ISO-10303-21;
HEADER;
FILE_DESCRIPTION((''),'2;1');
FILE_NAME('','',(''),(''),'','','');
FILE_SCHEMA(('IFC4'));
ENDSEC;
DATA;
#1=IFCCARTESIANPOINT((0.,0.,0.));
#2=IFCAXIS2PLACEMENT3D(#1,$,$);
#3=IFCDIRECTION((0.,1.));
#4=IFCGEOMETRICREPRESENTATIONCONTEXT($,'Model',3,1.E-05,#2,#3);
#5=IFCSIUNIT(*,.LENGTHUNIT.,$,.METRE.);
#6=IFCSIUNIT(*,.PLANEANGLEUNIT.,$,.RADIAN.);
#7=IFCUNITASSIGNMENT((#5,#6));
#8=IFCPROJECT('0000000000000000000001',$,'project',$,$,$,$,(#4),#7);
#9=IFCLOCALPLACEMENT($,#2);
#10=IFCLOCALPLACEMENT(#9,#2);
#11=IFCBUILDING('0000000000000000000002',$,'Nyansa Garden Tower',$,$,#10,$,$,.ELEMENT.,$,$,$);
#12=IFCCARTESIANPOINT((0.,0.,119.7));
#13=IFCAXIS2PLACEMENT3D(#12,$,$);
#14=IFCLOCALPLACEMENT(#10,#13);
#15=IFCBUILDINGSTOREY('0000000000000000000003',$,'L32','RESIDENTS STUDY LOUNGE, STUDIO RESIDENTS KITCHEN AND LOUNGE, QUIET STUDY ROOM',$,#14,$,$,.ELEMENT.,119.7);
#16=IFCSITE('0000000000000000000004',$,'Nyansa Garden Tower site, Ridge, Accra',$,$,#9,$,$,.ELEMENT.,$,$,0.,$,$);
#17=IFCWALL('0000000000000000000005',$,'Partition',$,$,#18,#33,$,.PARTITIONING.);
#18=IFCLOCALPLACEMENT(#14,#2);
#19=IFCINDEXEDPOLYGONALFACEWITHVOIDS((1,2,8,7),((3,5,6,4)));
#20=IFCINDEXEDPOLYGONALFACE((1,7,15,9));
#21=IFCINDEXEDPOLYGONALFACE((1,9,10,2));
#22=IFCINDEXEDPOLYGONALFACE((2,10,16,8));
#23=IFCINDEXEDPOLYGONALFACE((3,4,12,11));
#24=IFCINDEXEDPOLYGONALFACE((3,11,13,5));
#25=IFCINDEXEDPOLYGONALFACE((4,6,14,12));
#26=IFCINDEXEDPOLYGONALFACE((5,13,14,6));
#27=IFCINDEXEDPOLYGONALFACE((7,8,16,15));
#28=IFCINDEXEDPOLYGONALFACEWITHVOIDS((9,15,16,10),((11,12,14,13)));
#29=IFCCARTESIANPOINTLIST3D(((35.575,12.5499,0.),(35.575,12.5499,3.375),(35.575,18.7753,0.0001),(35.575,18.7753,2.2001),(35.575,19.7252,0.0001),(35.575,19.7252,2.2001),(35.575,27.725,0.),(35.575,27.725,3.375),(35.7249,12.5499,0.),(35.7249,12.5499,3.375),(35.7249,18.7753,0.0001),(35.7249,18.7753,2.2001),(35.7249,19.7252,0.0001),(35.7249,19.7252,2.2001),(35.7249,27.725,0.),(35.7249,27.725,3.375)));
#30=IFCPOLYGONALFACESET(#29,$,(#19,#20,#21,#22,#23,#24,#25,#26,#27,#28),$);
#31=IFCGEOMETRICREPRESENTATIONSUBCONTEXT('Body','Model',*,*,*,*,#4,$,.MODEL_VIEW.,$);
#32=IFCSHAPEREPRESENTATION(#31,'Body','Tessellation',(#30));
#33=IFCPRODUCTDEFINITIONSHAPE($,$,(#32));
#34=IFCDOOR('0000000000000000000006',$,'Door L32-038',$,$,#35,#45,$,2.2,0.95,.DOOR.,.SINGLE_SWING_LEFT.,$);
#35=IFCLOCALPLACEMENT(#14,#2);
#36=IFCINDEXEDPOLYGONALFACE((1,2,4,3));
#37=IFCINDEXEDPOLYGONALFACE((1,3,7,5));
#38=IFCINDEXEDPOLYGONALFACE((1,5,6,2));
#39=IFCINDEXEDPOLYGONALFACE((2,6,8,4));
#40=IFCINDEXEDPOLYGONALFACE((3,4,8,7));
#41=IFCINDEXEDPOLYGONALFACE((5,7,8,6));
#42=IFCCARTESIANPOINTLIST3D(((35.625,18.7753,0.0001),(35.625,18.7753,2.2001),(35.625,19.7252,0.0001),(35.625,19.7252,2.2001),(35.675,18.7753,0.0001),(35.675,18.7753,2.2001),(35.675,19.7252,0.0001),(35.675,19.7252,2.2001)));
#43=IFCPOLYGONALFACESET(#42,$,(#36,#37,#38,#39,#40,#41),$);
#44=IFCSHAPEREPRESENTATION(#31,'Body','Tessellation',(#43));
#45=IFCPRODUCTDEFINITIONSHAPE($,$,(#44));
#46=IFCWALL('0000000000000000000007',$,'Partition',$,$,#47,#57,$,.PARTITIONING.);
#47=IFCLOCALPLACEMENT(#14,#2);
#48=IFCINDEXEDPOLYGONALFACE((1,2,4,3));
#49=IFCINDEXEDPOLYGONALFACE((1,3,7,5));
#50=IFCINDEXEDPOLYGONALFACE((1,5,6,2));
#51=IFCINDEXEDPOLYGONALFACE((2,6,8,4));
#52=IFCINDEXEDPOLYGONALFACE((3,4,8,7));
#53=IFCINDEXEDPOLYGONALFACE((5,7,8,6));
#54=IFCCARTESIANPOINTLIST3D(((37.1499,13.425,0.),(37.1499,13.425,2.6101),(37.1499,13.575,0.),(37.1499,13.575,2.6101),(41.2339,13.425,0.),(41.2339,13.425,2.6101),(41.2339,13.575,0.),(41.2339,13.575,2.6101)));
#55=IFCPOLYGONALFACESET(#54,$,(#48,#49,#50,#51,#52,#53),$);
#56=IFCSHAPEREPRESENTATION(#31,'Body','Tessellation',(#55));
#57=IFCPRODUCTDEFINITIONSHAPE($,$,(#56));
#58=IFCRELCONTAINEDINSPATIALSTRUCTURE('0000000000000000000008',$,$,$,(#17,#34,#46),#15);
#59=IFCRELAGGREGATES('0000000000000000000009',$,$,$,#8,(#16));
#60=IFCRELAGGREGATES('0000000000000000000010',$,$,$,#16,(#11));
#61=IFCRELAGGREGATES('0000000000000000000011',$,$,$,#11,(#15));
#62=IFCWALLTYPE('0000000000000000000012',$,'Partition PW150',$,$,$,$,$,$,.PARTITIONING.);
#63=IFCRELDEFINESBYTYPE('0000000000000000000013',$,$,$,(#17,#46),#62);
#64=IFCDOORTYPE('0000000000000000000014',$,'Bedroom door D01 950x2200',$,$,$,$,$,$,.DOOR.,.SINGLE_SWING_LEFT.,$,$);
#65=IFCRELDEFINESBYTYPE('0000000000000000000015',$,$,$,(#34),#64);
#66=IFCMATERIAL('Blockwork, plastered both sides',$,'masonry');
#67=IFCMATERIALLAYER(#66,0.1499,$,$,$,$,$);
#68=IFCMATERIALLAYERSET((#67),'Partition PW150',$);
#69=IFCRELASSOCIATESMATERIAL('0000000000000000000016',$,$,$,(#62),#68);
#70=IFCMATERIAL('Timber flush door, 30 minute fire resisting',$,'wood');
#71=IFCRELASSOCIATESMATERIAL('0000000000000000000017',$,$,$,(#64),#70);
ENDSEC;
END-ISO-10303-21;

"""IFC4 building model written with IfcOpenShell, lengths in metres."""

from ifc_helpers import new_model, si_unit, direction, frame, frame_2d, origin, place, context, subcontext, project, spatial, rectangle, extrude, material, layer, layer_set, type_object, element, fill, save


model = new_model("IFC4")

# Units and contexts
model_context = context("Model", 3, precision=1e-05, world=origin(), true_north=direction((0.0, 1.0)))
body_context = subcontext(model_context, "Body", "Model", "MODEL_VIEW")
ifc_project = project(units=[si_unit("LENGTHUNIT", "METRE"), si_unit("PLANEANGLEUNIT", "RADIAN")], contexts=[model_context])

# Site, building, storey
site_placement = place(None, origin())
site = spatial("IfcSite", under=ifc_project, at=site_placement, Name="Nyansa Garden Tower site, Ridge, Accra", CompositionType="ELEMENT", RefElevation=0.0)
building_placement = place(site_placement, origin())
building = spatial("IfcBuilding", under=site, at=building_placement, Name="Nyansa Garden Tower", CompositionType="ELEMENT")
storey_placement = place(building_placement, frame((0.0, 0.0, 119.7)))
storey = spatial("IfcBuildingStorey", under=building, at=storey_placement, Name="L32", Description="RESIDENTS STUDY LOUNGE, STUDIO RESIDENTS KITCHEN AND LOUNGE, QUIET STUDY ROOM", CompositionType="ELEMENT", Elevation=119.7)

# Shared definitions
ifc_material_1 = material(Name="Blockwork, plastered both sides", Category="masonry")
ifc_layer_1 = layer(ifc_material_1, 0.1499)
ifc_layer_set_1 = layer_set([ifc_layer_1], Name="Partition PW150")
wall_type_1 = type_object("IfcWallType", Name="Partition PW150", PredefinedType="PARTITIONING", material=ifc_layer_set_1)

# Wall, opening, door
wall_1_placement = place(storey_placement, frame((35.6499, 12.55, 0.0), z_axis=(0.0, 0.0, 1.0), x_axis=(0.0, 1.0, 0.0)))
wall_1 = element("IfcWall", 1, at=wall_1_placement, inside=storey, type_object=wall_type_1, Name="Partition", PredefinedType="PARTITIONING", context=body_context, shape_type="SweptSolid", body=[
    extrude(rectangle(XDim=15.175, YDim=0.1499, at=frame_2d((7.5874, 0.0))), origin(), (0.0, 0.0, 1.0), 3.375),
])
opening_1_placement = place(wall_1_placement, frame((6.2251, 0.0, 0.0)))
opening_1 = element("IfcOpeningElement", 2, at=opening_1_placement, cuts=wall_1, PredefinedType="OPENING", context=body_context, shape_type="SweptSolid", body=[
    extrude(rectangle(XDim=0.95, YDim=2.2, at=frame_2d((0.4751, 1.1001))), frame((0.0, 0.085, 0.0), z_axis=(0.0, -1.0, 0.0), x_axis=(1.0, 0.0, 0.0)), (0.0, 0.0, 1.0), 0.1699),
])
ifc_material_2 = material(Name="Timber flush door, 30 minute fire resisting", Category="wood")
door_type_1 = type_object("IfcDoorType", Name="Bedroom door D01 950x2200", OperationType="SINGLE_SWING_LEFT", PredefinedType="DOOR", material=ifc_material_2)
door_1_placement = place(opening_1_placement, origin())
door_1 = element("IfcDoor", 3, at=door_1_placement, inside=storey, type_object=door_type_1, Name="Door L32-038", OperationType="SINGLE_SWING_LEFT", OverallHeight=2.2, OverallWidth=0.95, PredefinedType="DOOR", context=body_context, shape_type="SweptSolid", body=[
    extrude(rectangle(XDim=0.95, YDim=2.2, at=frame_2d((0.4751, 1.1001))), frame((0.0, 0.0249, 0.0), z_axis=(0.0, -1.0, 0.0), x_axis=(1.0, 0.0, 0.0)), (0.0, 0.0, 1.0), 0.05),
])
fill(opening_1, door_1)

# Wall
wall_2_placement = place(storey_placement, frame((37.1499, 13.5, 0.0), z_axis=(0.0, 0.0, 1.0), x_axis=(1.0, 0.0, 0.0)))
element("IfcWall", 4, at=wall_2_placement, inside=storey, type_object=wall_type_1, Name="Partition", PredefinedType="PARTITIONING", context=body_context, shape_type="SweptSolid", body=[
    extrude(rectangle(XDim=4.084, YDim=0.1499, at=frame_2d((2.042, 0.0))), origin(), (0.0, 0.0, 1.0), 2.6101),
])

save(model, "model.ifc")
